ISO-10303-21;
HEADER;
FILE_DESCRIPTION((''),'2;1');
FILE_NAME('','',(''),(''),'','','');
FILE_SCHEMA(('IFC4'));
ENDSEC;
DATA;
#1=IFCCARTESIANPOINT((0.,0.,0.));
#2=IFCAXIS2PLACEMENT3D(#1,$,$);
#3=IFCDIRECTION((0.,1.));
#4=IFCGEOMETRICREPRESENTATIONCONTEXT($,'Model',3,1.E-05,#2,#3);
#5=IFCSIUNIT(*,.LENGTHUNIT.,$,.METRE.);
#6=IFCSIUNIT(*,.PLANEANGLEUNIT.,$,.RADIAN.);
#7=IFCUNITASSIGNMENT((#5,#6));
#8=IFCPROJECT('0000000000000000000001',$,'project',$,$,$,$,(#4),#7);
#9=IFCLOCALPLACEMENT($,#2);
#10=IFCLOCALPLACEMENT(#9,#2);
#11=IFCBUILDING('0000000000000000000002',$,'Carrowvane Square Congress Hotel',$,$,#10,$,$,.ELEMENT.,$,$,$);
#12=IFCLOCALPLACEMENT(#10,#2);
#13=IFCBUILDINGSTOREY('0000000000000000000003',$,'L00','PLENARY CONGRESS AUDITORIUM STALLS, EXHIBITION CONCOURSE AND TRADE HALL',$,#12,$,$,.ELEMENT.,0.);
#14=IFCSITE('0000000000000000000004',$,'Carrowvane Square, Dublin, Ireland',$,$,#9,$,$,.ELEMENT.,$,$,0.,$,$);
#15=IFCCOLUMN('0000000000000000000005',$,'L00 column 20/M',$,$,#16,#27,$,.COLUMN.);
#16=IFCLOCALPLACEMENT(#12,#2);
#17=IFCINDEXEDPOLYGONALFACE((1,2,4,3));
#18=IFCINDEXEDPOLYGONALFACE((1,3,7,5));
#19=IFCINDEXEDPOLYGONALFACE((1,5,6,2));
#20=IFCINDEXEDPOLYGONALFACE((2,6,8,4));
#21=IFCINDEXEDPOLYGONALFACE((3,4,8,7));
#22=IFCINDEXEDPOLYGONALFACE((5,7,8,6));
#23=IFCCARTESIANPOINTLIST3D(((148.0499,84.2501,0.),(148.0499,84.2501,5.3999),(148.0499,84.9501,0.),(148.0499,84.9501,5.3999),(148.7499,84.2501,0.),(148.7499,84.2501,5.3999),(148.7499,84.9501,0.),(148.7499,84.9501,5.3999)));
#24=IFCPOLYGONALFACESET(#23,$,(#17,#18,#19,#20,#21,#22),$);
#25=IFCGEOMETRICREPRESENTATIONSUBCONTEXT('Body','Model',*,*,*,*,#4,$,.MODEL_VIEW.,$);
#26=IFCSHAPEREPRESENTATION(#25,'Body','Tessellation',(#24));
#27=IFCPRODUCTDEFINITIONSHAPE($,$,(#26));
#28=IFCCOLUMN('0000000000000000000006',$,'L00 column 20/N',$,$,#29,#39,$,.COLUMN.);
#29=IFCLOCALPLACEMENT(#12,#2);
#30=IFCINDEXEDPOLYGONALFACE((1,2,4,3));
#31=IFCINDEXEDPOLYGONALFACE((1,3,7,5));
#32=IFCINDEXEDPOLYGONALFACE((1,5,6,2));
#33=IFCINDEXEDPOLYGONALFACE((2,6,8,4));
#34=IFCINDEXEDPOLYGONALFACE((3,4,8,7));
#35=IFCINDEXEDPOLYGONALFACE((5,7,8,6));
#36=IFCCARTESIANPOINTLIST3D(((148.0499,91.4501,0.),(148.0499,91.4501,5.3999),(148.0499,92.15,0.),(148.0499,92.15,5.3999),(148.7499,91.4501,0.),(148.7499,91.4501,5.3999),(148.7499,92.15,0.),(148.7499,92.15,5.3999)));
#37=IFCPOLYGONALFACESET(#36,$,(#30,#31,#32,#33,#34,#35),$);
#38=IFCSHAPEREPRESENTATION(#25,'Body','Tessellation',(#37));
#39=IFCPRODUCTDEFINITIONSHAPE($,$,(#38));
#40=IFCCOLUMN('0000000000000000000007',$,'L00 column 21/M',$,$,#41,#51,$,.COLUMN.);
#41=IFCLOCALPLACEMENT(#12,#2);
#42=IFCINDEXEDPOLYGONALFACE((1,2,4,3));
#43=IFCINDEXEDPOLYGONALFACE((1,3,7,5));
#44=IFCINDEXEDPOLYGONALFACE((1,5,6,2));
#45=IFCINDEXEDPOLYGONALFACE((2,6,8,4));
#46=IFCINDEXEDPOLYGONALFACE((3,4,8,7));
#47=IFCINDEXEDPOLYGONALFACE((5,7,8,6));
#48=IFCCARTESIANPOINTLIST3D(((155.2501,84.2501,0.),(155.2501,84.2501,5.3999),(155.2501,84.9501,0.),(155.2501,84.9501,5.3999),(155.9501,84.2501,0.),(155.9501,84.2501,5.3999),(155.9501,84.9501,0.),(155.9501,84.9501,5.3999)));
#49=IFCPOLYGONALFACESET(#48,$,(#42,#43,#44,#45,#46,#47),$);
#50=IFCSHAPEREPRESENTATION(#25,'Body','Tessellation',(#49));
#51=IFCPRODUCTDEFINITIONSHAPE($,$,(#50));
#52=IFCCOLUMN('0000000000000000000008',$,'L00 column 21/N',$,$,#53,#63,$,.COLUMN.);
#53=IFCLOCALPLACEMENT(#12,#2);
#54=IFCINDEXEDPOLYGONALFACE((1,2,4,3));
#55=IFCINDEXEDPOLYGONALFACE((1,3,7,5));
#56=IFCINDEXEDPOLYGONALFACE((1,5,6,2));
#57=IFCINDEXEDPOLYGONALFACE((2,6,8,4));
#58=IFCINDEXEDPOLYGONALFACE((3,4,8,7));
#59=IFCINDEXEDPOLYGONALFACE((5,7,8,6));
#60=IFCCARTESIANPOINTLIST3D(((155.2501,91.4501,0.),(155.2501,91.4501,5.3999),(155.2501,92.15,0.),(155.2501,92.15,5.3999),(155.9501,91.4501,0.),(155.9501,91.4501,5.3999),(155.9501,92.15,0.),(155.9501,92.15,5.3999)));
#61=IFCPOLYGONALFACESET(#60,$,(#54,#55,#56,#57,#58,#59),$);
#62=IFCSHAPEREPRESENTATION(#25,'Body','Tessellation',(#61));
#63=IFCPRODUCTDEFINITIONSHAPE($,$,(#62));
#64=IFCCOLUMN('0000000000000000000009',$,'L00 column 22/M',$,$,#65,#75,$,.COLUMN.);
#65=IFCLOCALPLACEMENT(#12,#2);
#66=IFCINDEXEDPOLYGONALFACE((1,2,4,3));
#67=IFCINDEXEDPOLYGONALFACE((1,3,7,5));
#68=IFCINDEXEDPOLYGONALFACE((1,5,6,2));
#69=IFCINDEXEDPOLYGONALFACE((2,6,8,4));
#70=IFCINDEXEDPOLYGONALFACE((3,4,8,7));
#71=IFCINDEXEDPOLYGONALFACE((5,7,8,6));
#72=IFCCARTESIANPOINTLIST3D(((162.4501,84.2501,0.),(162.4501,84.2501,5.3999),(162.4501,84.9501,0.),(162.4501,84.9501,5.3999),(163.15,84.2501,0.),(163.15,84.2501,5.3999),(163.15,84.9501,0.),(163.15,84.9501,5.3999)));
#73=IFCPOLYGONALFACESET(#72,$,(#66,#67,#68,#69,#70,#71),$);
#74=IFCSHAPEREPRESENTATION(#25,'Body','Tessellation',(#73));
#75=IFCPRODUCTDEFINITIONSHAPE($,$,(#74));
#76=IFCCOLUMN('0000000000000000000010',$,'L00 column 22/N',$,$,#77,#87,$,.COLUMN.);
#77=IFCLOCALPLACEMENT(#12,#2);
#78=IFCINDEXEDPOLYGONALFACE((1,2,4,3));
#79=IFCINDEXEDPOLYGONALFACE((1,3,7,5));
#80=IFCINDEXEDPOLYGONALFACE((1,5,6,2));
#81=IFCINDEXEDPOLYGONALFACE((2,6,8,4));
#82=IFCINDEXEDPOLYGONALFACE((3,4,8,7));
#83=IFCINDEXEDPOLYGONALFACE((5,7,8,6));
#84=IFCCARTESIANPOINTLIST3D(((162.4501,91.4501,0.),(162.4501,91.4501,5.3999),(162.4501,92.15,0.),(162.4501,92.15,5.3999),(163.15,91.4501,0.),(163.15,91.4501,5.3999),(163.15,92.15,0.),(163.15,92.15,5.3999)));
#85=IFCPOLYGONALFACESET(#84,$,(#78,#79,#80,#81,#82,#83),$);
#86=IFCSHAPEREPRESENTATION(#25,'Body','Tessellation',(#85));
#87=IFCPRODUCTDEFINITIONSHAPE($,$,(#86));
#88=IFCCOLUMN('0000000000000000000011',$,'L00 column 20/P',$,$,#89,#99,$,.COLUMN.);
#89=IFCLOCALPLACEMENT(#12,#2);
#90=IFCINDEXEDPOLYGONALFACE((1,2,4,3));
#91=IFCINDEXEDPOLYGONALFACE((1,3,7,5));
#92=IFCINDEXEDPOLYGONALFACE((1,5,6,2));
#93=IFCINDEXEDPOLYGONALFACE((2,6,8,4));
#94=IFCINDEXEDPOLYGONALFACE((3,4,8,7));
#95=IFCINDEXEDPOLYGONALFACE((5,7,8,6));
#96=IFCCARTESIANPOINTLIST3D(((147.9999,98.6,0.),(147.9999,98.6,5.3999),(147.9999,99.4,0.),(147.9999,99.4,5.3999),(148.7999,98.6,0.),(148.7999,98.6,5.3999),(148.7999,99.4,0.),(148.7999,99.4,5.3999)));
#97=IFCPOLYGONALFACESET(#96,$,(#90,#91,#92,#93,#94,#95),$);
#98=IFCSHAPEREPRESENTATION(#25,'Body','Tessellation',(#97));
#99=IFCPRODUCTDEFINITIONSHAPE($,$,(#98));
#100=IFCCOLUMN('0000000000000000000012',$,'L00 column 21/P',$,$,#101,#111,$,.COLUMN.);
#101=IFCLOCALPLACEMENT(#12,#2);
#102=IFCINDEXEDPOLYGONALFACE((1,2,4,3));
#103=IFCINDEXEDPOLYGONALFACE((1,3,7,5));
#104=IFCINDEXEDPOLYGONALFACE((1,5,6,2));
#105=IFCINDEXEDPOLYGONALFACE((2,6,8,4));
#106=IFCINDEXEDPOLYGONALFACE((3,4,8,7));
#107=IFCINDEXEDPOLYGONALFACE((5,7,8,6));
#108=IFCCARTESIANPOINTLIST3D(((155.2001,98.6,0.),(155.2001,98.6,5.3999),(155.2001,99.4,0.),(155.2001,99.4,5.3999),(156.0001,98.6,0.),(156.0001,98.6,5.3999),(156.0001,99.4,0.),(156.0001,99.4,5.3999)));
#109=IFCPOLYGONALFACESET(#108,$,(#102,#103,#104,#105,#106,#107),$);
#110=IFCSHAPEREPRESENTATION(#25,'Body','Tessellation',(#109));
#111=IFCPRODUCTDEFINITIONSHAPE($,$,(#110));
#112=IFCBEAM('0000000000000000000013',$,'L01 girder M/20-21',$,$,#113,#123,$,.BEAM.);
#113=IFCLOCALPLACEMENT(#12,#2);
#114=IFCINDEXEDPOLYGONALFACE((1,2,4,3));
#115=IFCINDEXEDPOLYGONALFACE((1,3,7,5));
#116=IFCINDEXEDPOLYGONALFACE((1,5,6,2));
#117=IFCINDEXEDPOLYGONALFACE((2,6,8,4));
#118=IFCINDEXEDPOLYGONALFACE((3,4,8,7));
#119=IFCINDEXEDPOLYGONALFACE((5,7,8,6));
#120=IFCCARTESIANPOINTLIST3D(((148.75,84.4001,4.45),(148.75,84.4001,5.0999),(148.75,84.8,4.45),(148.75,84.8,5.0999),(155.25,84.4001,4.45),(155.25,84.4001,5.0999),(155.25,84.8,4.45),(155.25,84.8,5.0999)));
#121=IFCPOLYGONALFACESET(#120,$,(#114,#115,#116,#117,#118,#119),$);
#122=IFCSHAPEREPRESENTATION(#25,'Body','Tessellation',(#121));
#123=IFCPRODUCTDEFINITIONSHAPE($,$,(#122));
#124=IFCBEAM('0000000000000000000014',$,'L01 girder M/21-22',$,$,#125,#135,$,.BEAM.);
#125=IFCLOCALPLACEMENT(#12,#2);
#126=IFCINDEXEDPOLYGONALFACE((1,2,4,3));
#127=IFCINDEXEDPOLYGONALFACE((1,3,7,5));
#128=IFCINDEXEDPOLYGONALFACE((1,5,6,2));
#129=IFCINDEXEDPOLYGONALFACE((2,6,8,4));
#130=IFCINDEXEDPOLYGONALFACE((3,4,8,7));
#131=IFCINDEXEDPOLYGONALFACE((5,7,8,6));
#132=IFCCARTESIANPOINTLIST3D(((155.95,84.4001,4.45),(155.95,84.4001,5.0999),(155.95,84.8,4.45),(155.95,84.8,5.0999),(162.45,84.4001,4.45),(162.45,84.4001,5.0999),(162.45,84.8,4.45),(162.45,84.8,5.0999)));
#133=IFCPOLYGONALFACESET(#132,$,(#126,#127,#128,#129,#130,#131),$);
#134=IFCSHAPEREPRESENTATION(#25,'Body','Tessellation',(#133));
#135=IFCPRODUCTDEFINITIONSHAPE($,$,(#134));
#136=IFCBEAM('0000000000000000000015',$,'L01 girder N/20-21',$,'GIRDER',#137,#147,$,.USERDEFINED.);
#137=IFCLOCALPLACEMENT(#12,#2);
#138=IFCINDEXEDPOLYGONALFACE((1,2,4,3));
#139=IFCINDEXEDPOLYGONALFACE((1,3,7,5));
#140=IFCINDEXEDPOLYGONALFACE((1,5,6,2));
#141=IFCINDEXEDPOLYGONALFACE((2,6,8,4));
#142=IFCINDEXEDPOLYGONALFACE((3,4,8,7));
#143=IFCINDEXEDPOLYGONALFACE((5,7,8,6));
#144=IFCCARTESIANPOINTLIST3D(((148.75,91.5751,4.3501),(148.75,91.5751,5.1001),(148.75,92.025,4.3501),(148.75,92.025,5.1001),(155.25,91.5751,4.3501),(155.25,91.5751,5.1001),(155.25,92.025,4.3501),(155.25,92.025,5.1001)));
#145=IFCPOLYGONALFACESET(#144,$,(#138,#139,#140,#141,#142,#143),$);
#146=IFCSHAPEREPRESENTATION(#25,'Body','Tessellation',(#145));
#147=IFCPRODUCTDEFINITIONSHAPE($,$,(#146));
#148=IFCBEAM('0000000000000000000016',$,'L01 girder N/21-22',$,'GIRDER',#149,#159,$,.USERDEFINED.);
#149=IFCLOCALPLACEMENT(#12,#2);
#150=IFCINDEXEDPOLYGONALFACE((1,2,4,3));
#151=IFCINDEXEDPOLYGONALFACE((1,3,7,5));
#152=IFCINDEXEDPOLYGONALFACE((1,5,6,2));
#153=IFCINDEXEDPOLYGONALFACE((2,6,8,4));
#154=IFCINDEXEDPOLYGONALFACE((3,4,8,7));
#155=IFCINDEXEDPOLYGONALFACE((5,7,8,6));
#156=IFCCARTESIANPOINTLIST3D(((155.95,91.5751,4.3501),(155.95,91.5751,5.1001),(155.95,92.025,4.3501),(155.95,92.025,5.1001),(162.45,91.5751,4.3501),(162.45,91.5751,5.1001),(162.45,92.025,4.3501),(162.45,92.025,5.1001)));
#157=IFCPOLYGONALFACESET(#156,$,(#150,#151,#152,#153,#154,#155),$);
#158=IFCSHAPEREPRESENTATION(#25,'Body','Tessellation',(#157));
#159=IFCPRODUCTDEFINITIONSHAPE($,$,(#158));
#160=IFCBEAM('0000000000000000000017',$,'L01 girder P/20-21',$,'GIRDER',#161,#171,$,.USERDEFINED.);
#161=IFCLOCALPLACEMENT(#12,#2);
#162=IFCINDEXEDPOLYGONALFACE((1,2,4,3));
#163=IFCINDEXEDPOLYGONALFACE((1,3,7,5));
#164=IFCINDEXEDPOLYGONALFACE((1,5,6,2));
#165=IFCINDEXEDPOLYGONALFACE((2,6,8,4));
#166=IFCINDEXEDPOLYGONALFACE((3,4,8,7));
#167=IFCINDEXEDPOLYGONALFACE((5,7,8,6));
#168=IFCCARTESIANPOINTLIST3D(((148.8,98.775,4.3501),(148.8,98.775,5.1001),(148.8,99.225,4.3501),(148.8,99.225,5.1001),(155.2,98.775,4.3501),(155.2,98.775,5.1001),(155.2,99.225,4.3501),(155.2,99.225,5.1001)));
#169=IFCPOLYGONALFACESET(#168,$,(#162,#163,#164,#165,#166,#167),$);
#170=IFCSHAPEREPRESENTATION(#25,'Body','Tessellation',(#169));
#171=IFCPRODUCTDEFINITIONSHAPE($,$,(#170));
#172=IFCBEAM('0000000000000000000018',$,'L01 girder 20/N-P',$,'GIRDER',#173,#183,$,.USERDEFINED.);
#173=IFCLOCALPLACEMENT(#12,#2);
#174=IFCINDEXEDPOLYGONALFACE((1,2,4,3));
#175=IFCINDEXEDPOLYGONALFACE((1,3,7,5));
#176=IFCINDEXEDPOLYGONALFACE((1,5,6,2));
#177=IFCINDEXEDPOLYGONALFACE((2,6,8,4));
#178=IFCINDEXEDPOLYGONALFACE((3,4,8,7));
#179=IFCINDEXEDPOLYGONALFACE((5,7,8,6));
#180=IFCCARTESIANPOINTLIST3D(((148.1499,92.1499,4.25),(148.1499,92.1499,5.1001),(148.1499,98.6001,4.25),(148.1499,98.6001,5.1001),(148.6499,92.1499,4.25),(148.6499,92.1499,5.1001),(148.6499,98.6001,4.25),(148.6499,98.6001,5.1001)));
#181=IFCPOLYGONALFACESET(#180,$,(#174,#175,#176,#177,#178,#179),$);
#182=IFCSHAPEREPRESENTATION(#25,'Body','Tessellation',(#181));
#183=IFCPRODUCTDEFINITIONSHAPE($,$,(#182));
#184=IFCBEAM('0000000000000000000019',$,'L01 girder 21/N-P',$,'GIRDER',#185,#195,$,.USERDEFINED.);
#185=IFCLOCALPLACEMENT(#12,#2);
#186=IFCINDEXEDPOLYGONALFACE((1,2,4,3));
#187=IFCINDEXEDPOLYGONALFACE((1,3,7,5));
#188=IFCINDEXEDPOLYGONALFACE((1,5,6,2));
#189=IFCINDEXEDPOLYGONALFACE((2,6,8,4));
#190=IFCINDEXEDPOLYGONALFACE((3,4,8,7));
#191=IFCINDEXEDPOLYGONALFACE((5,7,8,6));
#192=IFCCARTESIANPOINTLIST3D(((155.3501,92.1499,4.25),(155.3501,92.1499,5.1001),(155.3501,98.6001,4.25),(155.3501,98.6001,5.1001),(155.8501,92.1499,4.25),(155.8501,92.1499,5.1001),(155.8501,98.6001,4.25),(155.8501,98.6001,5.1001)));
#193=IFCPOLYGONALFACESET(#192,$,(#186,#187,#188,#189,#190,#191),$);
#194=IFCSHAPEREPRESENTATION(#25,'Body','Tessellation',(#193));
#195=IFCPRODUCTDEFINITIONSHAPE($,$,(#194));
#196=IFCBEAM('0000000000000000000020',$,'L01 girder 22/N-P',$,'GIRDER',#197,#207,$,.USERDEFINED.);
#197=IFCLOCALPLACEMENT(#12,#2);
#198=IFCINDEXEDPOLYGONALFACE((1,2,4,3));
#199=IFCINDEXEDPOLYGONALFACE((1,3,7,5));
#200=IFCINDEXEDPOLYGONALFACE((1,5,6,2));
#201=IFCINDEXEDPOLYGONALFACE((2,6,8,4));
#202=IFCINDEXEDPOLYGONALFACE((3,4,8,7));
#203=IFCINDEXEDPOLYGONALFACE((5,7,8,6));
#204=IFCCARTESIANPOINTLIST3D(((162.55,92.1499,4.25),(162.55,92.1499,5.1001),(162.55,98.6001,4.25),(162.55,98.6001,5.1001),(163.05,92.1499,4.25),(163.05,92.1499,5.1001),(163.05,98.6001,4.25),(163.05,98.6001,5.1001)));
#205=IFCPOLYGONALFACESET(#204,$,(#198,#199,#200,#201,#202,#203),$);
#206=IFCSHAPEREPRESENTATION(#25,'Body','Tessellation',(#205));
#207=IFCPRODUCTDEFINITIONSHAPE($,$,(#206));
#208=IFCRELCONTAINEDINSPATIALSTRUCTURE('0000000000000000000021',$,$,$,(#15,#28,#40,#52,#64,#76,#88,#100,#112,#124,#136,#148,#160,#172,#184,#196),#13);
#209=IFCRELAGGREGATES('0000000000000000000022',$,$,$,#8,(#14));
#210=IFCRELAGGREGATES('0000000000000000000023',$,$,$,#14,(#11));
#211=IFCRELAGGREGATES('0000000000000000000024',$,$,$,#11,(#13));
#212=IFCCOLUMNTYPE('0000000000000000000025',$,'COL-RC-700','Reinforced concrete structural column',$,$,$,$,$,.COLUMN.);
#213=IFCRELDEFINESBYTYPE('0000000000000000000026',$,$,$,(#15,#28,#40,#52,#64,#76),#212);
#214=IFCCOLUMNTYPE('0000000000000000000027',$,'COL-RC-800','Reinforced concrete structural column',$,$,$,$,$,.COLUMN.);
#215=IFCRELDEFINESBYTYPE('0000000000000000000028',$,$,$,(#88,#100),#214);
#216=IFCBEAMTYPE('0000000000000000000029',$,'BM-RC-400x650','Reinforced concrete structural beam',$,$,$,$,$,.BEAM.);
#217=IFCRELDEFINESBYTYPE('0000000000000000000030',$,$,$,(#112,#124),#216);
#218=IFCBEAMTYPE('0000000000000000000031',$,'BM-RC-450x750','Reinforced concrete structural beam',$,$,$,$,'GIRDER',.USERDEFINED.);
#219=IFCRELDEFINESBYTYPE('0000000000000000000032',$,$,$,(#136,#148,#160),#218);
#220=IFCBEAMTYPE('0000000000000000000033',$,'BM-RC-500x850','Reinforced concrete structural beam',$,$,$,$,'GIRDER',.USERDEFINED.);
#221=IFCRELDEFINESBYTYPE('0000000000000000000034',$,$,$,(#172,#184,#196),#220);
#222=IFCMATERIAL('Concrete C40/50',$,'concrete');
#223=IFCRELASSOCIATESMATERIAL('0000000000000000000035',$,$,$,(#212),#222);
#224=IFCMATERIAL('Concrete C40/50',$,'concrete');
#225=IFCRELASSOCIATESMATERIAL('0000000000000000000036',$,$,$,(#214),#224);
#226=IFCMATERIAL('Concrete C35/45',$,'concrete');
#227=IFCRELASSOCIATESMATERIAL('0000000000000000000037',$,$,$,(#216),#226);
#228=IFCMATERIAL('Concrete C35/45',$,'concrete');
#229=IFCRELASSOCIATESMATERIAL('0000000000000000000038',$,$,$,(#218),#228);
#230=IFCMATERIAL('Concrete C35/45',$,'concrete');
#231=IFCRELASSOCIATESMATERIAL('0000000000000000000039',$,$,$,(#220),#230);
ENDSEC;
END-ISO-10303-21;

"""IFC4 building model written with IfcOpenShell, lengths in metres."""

from ifc_helpers import new_model, si_unit, direction, frame, origin, origin_2d, place, context, subcontext, project, spatial, rectangle, extrude, material, material_profile, profile_set, type_object, element, save


model = new_model("IFC4")

# Units and contexts
model_context = context("Model", 3, precision=1e-05, world=origin(), true_north=direction((0.0, 1.0)))
body_context = subcontext(model_context, "Body", "Model", "MODEL_VIEW")
ifc_project = project(units=[si_unit("LENGTHUNIT", "METRE"), si_unit("PLANEANGLEUNIT", "RADIAN")], contexts=[model_context])

# Site, building, storey
site_placement = place(None, origin())
site = spatial("IfcSite", under=ifc_project, at=site_placement, Name="Carrowvane Square, Dublin, Ireland", CompositionType="ELEMENT", RefElevation=0.0)
building_placement = place(site_placement, origin())
building = spatial("IfcBuilding", under=site, at=building_placement, Name="Carrowvane Square Congress Hotel", CompositionType="ELEMENT")
storey_placement = place(building_placement, origin())
storey = spatial("IfcBuildingStorey", under=building, at=storey_placement, Name="L00", Description="PLENARY CONGRESS AUDITORIUM STALLS, EXHIBITION CONCOURSE AND TRADE HALL", CompositionType="ELEMENT", Elevation=0.0)

# Columns
ifc_material_1 = material(Name="Concrete C40/50", Category="concrete")
ifc_material_profile_1 = material_profile(ifc_material_1, rectangle(XDim=0.7, YDim=0.7, at=origin_2d()), Name="RC 700x700")
ifc_profile_set_1 = profile_set([ifc_material_profile_1], Name="Concrete C40/50")
column_type_1 = type_object("IfcColumnType", Name="COL-RC-700", Description="Reinforced concrete structural column", PredefinedType="COLUMN", material=ifc_profile_set_1)
for number, where, z_axis, x_axis, name in (
    (1, (148.3999, 84.6001, 0.0), (0.0, 0.0, 1.0), (1.0, 0.0, 0.0), "L00 column 20/M"),
    (2, (148.3999, 91.8, 0.0), (0.0, 0.0, 1.0), (1.0, 0.0, 0.0), "L00 column 20/N"),
    (3, (155.6001, 84.6001, 0.0), (0.0, 0.0, 1.0), (1.0, 0.0, 0.0), "L00 column 21/M"),
    (4, (155.6001, 91.8, 0.0), (0.0, 0.0, 1.0), (1.0, 0.0, 0.0), "L00 column 21/N"),
    (5, (162.8, 84.6001, 0.0), (0.0, 0.0, 1.0), (1.0, 0.0, 0.0), "L00 column 22/M"),
    (6, (162.8, 91.8, 0.0), (0.0, 0.0, 1.0), (1.0, 0.0, 0.0), "L00 column 22/N"),
):
    element("IfcColumn", number, at=place(storey_placement, frame(where, z_axis=z_axis, x_axis=x_axis)), inside=storey, type_object=column_type_1, Name=name, PredefinedType="COLUMN", context=body_context, shape_type="SweptSolid", body=[
        extrude(rectangle(XDim=0.7, YDim=0.7, at=origin_2d()), origin(), (0.0, 0.0, 1.0), 5.3999),
    ])
ifc_material_2 = material(Name="Concrete C40/50", Category="concrete")
ifc_material_profile_2 = material_profile(ifc_material_2, rectangle(XDim=0.8, YDim=0.8, at=origin_2d()), Name="RC 800x800")
ifc_profile_set_2 = profile_set([ifc_material_profile_2], Name="Concrete C40/50")
column_type_2 = type_object("IfcColumnType", Name="COL-RC-800", Description="Reinforced concrete structural column", PredefinedType="COLUMN", material=ifc_profile_set_2)
for number, where, z_axis, x_axis, name in (
    (7, (148.3999, 99.0, 0.0), (0.0, 0.0, 1.0), (1.0, 0.0, 0.0), "L00 column 20/P"),
    (8, (155.6001, 99.0, 0.0), (0.0, 0.0, 1.0), (1.0, 0.0, 0.0), "L00 column 21/P"),
):
    element("IfcColumn", number, at=place(storey_placement, frame(where, z_axis=z_axis, x_axis=x_axis)), inside=storey, type_object=column_type_2, Name=name, PredefinedType="COLUMN", context=body_context, shape_type="SweptSolid", body=[
        extrude(rectangle(XDim=0.8, YDim=0.8, at=origin_2d()), origin(), (0.0, 0.0, 1.0), 5.3999),
    ])

# Beams
ifc_material_3 = material(Name="Concrete C35/45", Category="concrete")
ifc_material_profile_3 = material_profile(ifc_material_3, rectangle(XDim=0.3999, YDim=0.6499, at=origin_2d()), Name="RC 400x650")
ifc_profile_set_3 = profile_set([ifc_material_profile_3], Name="Concrete C35/45")
beam_type_1 = type_object("IfcBeamType", Name="BM-RC-400x650", Description="Reinforced concrete structural beam", PredefinedType="BEAM", material=ifc_profile_set_3)
for number, where, z_axis, x_axis, name in (
    (9, (148.75, 84.6001, 4.7749), (1.0, 0.0, 0.0), (0.0, 1.0, 0.0), "L01 girder M/20-21"),
    (10, (155.95, 84.6001, 4.7749), (1.0, 0.0, 0.0), (0.0, 1.0, 0.0), "L01 girder M/21-22"),
):
    element("IfcBeam", number, at=place(storey_placement, frame(where, z_axis=z_axis, x_axis=x_axis)), inside=storey, type_object=beam_type_1, Name=name, PredefinedType="BEAM", context=body_context, shape_type="SweptSolid", body=[
        extrude(rectangle(XDim=0.3999, YDim=0.6499, at=origin_2d()), origin(), (0.0, 0.0, 1.0), 6.5),
    ])
ifc_material_4 = material(Name="Concrete C35/45", Category="concrete")
ifc_material_profile_4 = material_profile(ifc_material_4, rectangle(XDim=0.45, YDim=0.75, at=origin_2d()), Name="RC 450x750")
ifc_profile_set_4 = profile_set([ifc_material_profile_4], Name="Concrete C35/45")
beam_type_2 = type_object("IfcBeamType", Name="BM-RC-450x750", Description="Reinforced concrete structural beam", ElementType="GIRDER", PredefinedType="USERDEFINED", material=ifc_profile_set_4)
for number, where, z_axis, x_axis, name in (
    (11, (148.75, 91.8, 4.7251), (1.0, 0.0, 0.0), (0.0, 1.0, 0.0), "L01 girder N/20-21"),
    (12, (155.95, 91.8, 4.7251), (1.0, 0.0, 0.0), (0.0, 1.0, 0.0), "L01 girder N/21-22"),
):
    element("IfcBeam", number, at=place(storey_placement, frame(where, z_axis=z_axis, x_axis=x_axis)), inside=storey, type_object=beam_type_2, Name=name, ObjectType="GIRDER", PredefinedType="USERDEFINED", context=body_context, shape_type="SweptSolid", body=[
        extrude(rectangle(XDim=0.45, YDim=0.75, at=origin_2d()), origin(), (0.0, 0.0, 1.0), 6.5),
    ])
beam_1_placement = place(storey_placement, frame((148.8, 99.0, 4.7251), z_axis=(1.0, 0.0, 0.0), x_axis=(0.0, 1.0, 0.0)))
element("IfcBeam", 13, at=beam_1_placement, inside=storey, type_object=beam_type_2, Name="L01 girder P/20-21", ObjectType="GIRDER", PredefinedType="USERDEFINED", context=body_context, shape_type="SweptSolid", body=[
    extrude(rectangle(XDim=0.45, YDim=0.75, at=origin_2d()), origin(), (0.0, 0.0, 1.0), 6.3999),
])
ifc_material_5 = material(Name="Concrete C35/45", Category="concrete")
ifc_material_profile_5 = material_profile(ifc_material_5, rectangle(XDim=0.5, YDim=0.8501, at=origin_2d()), Name="RC 500x850")
ifc_profile_set_5 = profile_set([ifc_material_profile_5], Name="Concrete C35/45")
beam_type_3 = type_object("IfcBeamType", Name="BM-RC-500x850", Description="Reinforced concrete structural beam", ElementType="GIRDER", PredefinedType="USERDEFINED", material=ifc_profile_set_5)
for number, where, z_axis, x_axis, name in (
    (14, (148.3999, 92.1499, 4.675), (0.0, 1.0, 0.0), (-1.0, 0.0, 0.0), "L01 girder 20/N-P"),
    (15, (155.6001, 92.1499, 4.675), (0.0, 1.0, 0.0), (-1.0, 0.0, 0.0), "L01 girder 21/N-P"),
    (16, (162.8, 92.1499, 4.675), (0.0, 1.0, 0.0), (-1.0, 0.0, 0.0), "L01 girder 22/N-P"),
):
    element("IfcBeam", number, at=place(storey_placement, frame(where, z_axis=z_axis, x_axis=x_axis)), inside=storey, type_object=beam_type_3, Name=name, ObjectType="GIRDER", PredefinedType="USERDEFINED", context=body_context, shape_type="SweptSolid", body=[
        extrude(rectangle(XDim=0.5, YDim=0.8501, at=origin_2d()), origin(), (0.0, 0.0, 1.0), 6.4502),
    ])

save(model, "model.ifc")
